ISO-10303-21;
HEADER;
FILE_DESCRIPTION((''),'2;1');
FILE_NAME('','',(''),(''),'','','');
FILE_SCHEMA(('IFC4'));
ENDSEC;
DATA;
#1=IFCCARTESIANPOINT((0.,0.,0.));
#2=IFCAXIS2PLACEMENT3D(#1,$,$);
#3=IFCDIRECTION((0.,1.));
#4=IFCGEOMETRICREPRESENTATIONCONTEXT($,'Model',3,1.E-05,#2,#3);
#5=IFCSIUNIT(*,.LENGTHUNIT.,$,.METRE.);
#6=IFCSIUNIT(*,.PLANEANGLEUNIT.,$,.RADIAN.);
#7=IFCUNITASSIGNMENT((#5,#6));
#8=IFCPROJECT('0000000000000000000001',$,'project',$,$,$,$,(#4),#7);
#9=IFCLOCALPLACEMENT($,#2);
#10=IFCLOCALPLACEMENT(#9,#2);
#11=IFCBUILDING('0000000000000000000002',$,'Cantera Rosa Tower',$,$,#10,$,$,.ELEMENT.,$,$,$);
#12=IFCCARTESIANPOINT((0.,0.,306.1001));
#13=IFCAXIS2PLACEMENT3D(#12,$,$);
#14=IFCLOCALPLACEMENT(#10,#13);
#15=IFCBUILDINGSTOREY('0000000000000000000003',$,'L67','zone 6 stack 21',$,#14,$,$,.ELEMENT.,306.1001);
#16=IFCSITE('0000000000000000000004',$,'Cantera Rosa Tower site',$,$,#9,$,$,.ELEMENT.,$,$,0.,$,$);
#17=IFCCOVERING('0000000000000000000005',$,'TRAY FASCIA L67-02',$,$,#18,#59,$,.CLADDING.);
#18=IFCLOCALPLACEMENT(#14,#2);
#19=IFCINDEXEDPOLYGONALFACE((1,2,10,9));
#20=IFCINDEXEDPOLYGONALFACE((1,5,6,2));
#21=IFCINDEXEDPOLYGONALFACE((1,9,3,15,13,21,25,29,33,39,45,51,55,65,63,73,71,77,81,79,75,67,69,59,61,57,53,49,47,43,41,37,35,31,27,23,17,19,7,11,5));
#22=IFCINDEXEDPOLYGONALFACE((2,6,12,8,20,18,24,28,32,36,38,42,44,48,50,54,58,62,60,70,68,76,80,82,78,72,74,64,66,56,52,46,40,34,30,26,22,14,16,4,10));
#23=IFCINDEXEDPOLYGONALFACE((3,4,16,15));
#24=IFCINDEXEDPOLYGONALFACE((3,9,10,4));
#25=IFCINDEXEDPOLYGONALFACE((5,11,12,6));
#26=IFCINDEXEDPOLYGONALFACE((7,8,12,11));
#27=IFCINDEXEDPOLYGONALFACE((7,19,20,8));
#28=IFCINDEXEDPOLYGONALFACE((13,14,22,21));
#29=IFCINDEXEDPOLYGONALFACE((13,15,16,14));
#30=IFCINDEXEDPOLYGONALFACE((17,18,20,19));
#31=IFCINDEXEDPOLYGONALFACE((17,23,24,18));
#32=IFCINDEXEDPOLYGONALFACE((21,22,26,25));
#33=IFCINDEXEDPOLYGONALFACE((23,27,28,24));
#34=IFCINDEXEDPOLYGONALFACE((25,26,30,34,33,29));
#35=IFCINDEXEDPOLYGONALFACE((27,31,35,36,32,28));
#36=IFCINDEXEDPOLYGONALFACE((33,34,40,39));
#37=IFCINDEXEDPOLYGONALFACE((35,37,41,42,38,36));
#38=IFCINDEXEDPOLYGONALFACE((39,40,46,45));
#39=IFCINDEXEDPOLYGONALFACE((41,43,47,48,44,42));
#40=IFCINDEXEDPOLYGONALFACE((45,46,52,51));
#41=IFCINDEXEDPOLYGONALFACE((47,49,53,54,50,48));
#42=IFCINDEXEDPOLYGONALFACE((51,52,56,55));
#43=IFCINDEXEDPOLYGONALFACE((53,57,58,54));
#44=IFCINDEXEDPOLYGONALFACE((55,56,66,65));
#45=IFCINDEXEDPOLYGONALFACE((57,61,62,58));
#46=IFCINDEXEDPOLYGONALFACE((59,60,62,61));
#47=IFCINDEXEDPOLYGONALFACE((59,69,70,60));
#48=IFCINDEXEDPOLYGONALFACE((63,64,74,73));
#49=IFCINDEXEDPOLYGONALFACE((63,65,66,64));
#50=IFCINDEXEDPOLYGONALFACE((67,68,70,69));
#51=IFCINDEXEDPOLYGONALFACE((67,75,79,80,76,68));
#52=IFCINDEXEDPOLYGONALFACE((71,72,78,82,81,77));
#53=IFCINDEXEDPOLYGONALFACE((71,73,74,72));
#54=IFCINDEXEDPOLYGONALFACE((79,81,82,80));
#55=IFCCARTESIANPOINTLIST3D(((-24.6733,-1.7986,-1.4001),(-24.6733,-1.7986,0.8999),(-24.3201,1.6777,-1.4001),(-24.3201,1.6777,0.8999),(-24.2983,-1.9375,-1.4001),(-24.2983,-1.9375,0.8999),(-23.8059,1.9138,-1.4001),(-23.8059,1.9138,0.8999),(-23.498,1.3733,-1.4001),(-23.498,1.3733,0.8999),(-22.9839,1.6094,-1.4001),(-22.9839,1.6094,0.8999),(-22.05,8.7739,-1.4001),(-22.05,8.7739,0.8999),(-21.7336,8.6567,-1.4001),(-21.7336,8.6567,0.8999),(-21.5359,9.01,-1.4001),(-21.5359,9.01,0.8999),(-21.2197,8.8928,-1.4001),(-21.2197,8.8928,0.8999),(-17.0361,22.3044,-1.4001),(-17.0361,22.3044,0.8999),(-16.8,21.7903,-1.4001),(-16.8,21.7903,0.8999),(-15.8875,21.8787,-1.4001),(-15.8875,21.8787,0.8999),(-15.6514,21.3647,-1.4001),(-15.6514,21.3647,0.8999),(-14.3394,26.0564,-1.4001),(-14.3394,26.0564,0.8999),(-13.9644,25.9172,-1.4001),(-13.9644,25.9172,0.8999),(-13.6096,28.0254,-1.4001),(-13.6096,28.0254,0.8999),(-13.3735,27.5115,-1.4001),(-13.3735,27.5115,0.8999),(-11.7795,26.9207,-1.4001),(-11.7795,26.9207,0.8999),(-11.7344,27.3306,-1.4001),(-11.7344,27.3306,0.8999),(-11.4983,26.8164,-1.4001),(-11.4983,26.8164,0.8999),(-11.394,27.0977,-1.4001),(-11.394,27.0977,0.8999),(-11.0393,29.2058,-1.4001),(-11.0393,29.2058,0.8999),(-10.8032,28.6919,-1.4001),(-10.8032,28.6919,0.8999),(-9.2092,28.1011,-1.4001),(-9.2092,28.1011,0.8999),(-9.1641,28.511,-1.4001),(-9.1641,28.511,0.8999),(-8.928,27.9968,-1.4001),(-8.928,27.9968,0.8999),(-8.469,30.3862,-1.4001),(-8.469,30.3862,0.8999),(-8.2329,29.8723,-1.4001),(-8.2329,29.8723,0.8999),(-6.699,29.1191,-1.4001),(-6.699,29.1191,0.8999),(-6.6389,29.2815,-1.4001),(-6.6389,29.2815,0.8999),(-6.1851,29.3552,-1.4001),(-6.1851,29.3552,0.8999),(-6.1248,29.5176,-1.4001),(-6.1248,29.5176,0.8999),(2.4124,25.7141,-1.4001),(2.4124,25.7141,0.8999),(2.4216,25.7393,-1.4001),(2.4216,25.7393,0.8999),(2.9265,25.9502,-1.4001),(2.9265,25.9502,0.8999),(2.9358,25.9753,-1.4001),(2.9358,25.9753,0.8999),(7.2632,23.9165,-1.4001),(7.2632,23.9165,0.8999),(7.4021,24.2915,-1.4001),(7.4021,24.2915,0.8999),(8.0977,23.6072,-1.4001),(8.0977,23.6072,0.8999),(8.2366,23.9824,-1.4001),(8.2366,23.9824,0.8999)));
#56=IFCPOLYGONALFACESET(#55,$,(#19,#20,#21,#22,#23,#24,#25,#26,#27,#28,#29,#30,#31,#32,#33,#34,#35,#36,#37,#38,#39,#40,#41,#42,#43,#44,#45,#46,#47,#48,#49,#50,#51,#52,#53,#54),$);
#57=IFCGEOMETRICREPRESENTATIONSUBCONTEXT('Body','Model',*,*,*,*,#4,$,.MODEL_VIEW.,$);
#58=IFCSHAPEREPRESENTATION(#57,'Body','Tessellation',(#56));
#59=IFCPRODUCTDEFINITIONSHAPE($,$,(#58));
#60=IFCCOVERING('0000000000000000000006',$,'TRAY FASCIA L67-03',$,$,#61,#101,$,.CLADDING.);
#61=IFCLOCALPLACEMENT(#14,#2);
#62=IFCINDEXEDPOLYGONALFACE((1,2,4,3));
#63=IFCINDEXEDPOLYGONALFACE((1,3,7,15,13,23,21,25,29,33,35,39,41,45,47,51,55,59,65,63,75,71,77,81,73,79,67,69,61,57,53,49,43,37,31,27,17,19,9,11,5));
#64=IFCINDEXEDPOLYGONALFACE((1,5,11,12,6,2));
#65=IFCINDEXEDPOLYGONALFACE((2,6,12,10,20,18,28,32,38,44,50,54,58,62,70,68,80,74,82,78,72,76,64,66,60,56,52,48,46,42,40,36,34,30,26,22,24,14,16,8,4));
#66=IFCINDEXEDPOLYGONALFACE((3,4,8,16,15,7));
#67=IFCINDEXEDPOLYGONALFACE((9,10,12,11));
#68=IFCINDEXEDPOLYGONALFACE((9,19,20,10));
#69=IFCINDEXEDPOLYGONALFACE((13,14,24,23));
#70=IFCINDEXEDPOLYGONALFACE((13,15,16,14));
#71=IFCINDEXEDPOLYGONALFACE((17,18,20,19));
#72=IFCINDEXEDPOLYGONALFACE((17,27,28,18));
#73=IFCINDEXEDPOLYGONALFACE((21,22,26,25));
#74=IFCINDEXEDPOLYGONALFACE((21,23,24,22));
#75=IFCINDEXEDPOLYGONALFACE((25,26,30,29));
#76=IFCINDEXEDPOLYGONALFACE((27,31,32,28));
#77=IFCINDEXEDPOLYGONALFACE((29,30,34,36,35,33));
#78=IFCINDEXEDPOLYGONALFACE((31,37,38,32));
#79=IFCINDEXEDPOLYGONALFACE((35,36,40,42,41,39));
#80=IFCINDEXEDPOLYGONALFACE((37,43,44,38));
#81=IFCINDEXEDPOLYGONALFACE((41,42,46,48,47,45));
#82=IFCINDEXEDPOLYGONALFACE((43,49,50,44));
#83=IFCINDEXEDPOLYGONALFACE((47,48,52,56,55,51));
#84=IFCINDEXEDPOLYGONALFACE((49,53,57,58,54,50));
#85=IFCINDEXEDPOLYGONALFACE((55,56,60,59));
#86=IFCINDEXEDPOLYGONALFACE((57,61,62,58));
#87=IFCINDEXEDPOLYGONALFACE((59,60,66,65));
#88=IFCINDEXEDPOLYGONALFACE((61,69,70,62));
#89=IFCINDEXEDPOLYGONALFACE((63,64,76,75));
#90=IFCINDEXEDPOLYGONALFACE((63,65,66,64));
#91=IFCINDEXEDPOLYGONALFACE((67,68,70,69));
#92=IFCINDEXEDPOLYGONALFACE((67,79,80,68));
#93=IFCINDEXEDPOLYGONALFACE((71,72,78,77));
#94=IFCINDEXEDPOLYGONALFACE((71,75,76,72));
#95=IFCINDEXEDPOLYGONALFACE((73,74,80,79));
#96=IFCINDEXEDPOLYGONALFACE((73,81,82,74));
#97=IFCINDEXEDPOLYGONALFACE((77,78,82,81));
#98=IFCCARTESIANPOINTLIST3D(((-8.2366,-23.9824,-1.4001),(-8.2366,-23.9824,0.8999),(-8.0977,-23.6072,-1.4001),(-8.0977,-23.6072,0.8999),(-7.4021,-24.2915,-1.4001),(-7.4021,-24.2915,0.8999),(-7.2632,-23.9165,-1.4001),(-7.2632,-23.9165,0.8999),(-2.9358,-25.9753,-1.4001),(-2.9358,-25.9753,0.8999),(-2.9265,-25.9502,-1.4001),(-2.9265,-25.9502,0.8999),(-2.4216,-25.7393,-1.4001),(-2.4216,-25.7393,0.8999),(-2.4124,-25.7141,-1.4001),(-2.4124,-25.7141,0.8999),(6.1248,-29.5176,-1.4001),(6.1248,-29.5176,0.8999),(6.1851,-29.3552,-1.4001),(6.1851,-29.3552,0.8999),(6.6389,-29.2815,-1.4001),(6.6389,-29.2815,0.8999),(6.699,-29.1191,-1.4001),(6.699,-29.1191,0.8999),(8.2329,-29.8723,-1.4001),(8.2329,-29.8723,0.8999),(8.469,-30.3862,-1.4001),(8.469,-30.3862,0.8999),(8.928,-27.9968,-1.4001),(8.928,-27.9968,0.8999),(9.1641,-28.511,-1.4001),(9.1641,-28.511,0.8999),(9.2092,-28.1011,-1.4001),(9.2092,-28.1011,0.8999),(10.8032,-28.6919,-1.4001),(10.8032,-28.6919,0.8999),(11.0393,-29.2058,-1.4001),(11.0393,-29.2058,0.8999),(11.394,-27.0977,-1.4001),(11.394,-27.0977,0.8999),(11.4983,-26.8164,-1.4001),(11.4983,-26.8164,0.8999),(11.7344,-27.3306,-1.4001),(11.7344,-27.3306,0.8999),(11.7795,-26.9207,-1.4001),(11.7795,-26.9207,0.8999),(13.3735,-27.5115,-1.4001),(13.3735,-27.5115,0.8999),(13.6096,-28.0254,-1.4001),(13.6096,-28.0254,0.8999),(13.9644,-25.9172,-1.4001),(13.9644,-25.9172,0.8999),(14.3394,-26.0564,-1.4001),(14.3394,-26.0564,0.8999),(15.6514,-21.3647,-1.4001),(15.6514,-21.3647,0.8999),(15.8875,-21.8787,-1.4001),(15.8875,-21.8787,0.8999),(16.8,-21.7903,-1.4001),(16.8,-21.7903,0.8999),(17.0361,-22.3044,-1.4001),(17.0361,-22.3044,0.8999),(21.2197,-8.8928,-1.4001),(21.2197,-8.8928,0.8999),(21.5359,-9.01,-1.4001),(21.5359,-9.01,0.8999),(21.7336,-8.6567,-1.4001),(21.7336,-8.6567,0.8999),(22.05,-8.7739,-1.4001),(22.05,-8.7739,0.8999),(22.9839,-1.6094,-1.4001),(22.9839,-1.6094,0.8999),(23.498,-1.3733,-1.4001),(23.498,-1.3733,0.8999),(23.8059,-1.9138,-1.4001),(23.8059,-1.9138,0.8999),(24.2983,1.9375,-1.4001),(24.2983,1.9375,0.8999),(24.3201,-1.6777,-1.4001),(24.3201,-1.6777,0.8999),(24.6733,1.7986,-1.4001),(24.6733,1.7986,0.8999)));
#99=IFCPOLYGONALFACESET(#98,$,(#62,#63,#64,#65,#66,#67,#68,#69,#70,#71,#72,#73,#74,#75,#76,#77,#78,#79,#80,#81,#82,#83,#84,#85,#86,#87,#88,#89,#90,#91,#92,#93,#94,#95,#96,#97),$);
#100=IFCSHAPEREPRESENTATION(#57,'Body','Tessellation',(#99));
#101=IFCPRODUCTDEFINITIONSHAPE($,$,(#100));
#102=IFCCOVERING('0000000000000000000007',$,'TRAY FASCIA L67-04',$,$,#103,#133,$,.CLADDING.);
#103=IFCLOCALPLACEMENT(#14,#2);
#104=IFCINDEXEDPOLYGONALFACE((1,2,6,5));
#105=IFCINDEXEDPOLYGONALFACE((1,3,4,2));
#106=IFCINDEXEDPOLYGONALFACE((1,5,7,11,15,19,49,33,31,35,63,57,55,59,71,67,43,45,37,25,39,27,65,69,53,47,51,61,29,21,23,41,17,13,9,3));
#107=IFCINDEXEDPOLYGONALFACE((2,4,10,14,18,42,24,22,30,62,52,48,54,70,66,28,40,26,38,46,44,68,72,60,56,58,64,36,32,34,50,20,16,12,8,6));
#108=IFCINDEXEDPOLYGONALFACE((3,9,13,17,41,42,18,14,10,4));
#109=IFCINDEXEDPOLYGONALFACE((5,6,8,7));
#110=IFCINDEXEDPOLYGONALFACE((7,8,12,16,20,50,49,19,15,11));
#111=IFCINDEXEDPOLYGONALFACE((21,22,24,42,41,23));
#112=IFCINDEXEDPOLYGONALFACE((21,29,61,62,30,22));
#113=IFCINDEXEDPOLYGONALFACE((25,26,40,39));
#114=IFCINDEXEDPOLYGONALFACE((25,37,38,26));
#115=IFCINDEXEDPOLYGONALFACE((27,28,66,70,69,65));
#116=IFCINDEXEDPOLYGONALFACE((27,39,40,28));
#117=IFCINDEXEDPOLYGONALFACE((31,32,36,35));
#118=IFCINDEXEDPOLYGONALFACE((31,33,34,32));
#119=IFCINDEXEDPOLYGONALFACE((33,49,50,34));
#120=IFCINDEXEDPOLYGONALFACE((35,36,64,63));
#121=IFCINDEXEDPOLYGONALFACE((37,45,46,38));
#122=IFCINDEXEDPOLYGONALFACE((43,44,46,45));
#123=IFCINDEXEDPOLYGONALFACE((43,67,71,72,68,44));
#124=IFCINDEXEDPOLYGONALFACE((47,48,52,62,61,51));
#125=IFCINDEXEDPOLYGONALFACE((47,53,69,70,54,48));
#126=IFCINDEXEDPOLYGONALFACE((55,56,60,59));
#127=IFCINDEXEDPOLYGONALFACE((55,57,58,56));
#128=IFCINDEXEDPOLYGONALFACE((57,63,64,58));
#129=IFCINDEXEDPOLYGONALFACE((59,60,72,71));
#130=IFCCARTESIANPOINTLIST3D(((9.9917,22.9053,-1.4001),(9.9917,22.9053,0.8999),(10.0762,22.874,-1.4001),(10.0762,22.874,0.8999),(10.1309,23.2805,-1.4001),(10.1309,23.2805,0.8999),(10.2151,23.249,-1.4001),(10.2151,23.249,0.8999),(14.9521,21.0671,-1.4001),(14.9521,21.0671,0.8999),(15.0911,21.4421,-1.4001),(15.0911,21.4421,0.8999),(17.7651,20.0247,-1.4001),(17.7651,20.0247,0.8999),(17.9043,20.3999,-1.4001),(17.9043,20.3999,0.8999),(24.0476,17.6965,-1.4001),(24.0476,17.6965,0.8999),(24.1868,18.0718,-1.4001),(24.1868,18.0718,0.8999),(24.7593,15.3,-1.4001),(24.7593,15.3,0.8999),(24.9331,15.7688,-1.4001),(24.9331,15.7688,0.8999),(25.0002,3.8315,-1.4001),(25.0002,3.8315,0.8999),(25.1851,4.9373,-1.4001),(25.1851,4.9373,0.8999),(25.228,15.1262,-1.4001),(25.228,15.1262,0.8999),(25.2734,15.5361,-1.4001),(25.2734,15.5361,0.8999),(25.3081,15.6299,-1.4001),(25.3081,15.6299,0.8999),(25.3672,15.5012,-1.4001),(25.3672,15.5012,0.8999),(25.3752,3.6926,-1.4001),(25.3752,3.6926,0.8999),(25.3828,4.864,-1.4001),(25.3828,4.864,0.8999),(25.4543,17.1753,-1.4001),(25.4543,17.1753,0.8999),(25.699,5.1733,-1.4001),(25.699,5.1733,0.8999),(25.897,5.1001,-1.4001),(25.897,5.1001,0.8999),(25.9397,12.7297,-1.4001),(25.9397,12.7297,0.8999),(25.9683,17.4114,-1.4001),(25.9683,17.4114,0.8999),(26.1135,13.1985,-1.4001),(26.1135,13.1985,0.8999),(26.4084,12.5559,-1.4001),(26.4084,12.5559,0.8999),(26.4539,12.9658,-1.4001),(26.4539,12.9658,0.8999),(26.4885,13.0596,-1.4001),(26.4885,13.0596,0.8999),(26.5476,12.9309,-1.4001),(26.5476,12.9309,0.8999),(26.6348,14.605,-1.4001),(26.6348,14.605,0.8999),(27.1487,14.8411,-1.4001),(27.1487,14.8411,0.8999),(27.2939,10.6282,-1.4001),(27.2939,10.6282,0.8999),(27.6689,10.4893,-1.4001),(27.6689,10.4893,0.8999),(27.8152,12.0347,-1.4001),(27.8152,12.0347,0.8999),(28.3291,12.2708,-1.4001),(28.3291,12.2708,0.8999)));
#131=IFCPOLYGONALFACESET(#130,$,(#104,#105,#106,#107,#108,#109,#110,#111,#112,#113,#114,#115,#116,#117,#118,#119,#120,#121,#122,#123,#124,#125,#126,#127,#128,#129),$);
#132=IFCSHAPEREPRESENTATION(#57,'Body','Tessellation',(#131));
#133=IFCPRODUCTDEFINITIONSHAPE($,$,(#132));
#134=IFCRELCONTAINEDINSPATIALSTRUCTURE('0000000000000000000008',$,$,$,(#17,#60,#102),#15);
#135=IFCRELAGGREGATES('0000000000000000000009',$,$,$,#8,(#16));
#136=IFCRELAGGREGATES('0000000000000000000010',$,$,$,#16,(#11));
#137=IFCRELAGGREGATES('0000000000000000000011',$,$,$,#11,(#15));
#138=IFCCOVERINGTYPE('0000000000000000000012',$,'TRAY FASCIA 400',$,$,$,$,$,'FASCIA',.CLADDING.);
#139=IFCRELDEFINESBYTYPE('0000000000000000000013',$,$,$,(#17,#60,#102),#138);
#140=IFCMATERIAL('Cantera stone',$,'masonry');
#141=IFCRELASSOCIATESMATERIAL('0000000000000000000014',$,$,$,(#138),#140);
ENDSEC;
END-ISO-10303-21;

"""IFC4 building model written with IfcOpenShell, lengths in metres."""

from ifc_helpers import new_model, si_unit, direction, frame, origin, place, context, subcontext, project, spatial, polyline, outline, extrude, material, type_object, element, save


model = new_model("IFC4")

# Units and contexts
model_context = context("Model", 3, precision=1e-05, world=origin(), true_north=direction((0.0, 1.0)))
body_context = subcontext(model_context, "Body", "Model", "MODEL_VIEW")
ifc_project = project(units=[si_unit("LENGTHUNIT", "METRE"), si_unit("PLANEANGLEUNIT", "RADIAN")], contexts=[model_context])

# Site, building, storey
site_placement = place(None, origin())
site = spatial("IfcSite", under=ifc_project, at=site_placement, Name="Cantera Rosa Tower site", CompositionType="ELEMENT", RefElevation=0.0)
building_placement = place(site_placement, origin())
building = spatial("IfcBuilding", under=site, at=building_placement, Name="Cantera Rosa Tower", CompositionType="ELEMENT")
storey_placement = place(building_placement, frame((0.0, 0.0, 306.1001)))
storey = spatial("IfcBuildingStorey", under=building, at=storey_placement, Name="L67", Description="zone 6 stack 21", CompositionType="ELEMENT", Elevation=306.1001)

# Coverings
ifc_material_1 = material(Name="Cantera stone", Category="masonry")
covering_type_1 = type_object("IfcCoveringType", Name="TRAY FASCIA 400", ElementType="FASCIA", PredefinedType="CLADDING", material=ifc_material_1)
covering_1_placement = place(storey_placement, frame((0.0, 0.0, -1.4001)))
element("IfcCovering", 1, at=covering_1_placement, inside=storey, type_object=covering_type_1, Name="TRAY FASCIA L67-02", PredefinedType="CLADDING", context=body_context, shape_type="SweptSolid", body=[
    extrude(outline(polyline([(-23.498, 1.3733), (-24.3201, 1.6777), (-21.7336, 8.6567), (-22.05, 8.7739), (-17.0361, 22.3044), (-15.8875, 21.8787), (-14.3394, 26.0564), (-13.6096, 28.0254), (-11.7344, 27.3306), (-11.0393, 29.2058), (-9.1641, 28.511), (-8.469, 30.3862), (-6.1248, 29.5176), (-6.1851, 29.3552), (2.9358, 25.9753), (2.9265, 25.9502), (7.4021, 24.2915), (8.2366, 23.9824), (8.0977, 23.6072), (7.2632, 23.9165), (2.4124, 25.7141), (2.4216, 25.7393), (-6.699, 29.1191), (-6.6389, 29.2815), (-8.2329, 29.8723), (-8.928, 27.9968), (-9.2092, 28.1011), (-10.8032, 28.6919), (-11.394, 27.0977), (-11.4983, 26.8164), (-11.7795, 26.9207), (-13.3735, 27.5115), (-13.9644, 25.9172), (-15.6514, 21.3647), (-16.8, 21.7903), (-21.5359, 9.01), (-21.2197, 8.8928), (-23.8059, 1.9138), (-22.9839, 1.6094), (-24.2983, -1.9375), (-24.6733, -1.7986), (-23.498, 1.3733)])), origin(), (0.0, 0.0, 1.0), 2.3),
])
covering_2_placement = place(storey_placement, frame((0.0, 0.0, -1.4001)))
element("IfcCovering", 2, at=covering_2_placement, inside=storey, type_object=covering_type_1, Name="TRAY FASCIA L67-03", PredefinedType="CLADDING", context=body_context, shape_type="SweptSolid", body=[
    extrude(outline(polyline([(23.498, -1.3733), (24.3201, -1.6777), (21.7336, -8.6567), (22.05, -8.7739), (17.0361, -22.3044), (15.8875, -21.8787), (14.3394, -26.0564), (13.6096, -28.0254), (11.7344, -27.3306), (11.0393, -29.2058), (9.1641, -28.511), (8.469, -30.3862), (6.1248, -29.5176), (6.1851, -29.3552), (-2.9358, -25.9753), (-2.9265, -25.9502), (-7.4021, -24.2915), (-8.2366, -23.9824), (-8.0977, -23.6072), (-7.2632, -23.9165), (-2.4124, -25.7141), (-2.4216, -25.7393), (6.699, -29.1191), (6.6389, -29.2815), (8.2329, -29.8723), (8.928, -27.9968), (9.2092, -28.1011), (10.8032, -28.6919), (11.394, -27.0977), (11.4983, -26.8164), (11.7795, -26.9207), (13.3735, -27.5115), (13.9644, -25.9172), (15.6514, -21.3647), (16.8, -21.7903), (21.5359, -9.01), (21.2197, -8.8928), (23.8059, -1.9138), (22.9839, -1.6094), (24.2983, 1.9375), (24.6733, 1.7986), (23.498, -1.3733)])), origin(), (0.0, 0.0, 1.0), 2.3),
])
covering_3_placement = place(storey_placement, frame((0.0, 0.0, -1.4001)))
element("IfcCovering", 3, at=covering_3_placement, inside=storey, type_object=covering_type_1, Name="TRAY FASCIA L67-04", PredefinedType="CLADDING", context=body_context, shape_type="SweptSolid", body=[
    extrude(outline(polyline([(10.2151, 23.249), (15.0911, 21.4421), (17.9043, 20.3999), (24.1868, 18.0718), (25.9683, 17.4114), (25.3081, 15.6299), (25.2734, 15.5361), (25.3672, 15.5012), (27.1487, 14.8411), (26.4885, 13.0596), (26.4539, 12.9658), (26.5476, 12.9309), (28.3291, 12.2708), (27.6689, 10.4893), (25.699, 5.1733), (25.897, 5.1001), (25.3752, 3.6926), (25.0002, 3.8315), (25.3828, 4.864), (25.1851, 4.9373), (27.2939, 10.6282), (27.8152, 12.0347), (26.4084, 12.5559), (25.9397, 12.7297), (26.1135, 13.1985), (26.6348, 14.605), (25.228, 15.1262), (24.7593, 15.3), (24.9331, 15.7688), (25.4543, 17.1753), (24.0476, 17.6965), (17.7651, 20.0247), (14.9521, 21.0671), (10.0762, 22.874), (9.9917, 22.9053), (10.1309, 23.2805), (10.2151, 23.249)])), origin(), (0.0, 0.0, 1.0), 2.3),
])

save(model, "model.ifc")
